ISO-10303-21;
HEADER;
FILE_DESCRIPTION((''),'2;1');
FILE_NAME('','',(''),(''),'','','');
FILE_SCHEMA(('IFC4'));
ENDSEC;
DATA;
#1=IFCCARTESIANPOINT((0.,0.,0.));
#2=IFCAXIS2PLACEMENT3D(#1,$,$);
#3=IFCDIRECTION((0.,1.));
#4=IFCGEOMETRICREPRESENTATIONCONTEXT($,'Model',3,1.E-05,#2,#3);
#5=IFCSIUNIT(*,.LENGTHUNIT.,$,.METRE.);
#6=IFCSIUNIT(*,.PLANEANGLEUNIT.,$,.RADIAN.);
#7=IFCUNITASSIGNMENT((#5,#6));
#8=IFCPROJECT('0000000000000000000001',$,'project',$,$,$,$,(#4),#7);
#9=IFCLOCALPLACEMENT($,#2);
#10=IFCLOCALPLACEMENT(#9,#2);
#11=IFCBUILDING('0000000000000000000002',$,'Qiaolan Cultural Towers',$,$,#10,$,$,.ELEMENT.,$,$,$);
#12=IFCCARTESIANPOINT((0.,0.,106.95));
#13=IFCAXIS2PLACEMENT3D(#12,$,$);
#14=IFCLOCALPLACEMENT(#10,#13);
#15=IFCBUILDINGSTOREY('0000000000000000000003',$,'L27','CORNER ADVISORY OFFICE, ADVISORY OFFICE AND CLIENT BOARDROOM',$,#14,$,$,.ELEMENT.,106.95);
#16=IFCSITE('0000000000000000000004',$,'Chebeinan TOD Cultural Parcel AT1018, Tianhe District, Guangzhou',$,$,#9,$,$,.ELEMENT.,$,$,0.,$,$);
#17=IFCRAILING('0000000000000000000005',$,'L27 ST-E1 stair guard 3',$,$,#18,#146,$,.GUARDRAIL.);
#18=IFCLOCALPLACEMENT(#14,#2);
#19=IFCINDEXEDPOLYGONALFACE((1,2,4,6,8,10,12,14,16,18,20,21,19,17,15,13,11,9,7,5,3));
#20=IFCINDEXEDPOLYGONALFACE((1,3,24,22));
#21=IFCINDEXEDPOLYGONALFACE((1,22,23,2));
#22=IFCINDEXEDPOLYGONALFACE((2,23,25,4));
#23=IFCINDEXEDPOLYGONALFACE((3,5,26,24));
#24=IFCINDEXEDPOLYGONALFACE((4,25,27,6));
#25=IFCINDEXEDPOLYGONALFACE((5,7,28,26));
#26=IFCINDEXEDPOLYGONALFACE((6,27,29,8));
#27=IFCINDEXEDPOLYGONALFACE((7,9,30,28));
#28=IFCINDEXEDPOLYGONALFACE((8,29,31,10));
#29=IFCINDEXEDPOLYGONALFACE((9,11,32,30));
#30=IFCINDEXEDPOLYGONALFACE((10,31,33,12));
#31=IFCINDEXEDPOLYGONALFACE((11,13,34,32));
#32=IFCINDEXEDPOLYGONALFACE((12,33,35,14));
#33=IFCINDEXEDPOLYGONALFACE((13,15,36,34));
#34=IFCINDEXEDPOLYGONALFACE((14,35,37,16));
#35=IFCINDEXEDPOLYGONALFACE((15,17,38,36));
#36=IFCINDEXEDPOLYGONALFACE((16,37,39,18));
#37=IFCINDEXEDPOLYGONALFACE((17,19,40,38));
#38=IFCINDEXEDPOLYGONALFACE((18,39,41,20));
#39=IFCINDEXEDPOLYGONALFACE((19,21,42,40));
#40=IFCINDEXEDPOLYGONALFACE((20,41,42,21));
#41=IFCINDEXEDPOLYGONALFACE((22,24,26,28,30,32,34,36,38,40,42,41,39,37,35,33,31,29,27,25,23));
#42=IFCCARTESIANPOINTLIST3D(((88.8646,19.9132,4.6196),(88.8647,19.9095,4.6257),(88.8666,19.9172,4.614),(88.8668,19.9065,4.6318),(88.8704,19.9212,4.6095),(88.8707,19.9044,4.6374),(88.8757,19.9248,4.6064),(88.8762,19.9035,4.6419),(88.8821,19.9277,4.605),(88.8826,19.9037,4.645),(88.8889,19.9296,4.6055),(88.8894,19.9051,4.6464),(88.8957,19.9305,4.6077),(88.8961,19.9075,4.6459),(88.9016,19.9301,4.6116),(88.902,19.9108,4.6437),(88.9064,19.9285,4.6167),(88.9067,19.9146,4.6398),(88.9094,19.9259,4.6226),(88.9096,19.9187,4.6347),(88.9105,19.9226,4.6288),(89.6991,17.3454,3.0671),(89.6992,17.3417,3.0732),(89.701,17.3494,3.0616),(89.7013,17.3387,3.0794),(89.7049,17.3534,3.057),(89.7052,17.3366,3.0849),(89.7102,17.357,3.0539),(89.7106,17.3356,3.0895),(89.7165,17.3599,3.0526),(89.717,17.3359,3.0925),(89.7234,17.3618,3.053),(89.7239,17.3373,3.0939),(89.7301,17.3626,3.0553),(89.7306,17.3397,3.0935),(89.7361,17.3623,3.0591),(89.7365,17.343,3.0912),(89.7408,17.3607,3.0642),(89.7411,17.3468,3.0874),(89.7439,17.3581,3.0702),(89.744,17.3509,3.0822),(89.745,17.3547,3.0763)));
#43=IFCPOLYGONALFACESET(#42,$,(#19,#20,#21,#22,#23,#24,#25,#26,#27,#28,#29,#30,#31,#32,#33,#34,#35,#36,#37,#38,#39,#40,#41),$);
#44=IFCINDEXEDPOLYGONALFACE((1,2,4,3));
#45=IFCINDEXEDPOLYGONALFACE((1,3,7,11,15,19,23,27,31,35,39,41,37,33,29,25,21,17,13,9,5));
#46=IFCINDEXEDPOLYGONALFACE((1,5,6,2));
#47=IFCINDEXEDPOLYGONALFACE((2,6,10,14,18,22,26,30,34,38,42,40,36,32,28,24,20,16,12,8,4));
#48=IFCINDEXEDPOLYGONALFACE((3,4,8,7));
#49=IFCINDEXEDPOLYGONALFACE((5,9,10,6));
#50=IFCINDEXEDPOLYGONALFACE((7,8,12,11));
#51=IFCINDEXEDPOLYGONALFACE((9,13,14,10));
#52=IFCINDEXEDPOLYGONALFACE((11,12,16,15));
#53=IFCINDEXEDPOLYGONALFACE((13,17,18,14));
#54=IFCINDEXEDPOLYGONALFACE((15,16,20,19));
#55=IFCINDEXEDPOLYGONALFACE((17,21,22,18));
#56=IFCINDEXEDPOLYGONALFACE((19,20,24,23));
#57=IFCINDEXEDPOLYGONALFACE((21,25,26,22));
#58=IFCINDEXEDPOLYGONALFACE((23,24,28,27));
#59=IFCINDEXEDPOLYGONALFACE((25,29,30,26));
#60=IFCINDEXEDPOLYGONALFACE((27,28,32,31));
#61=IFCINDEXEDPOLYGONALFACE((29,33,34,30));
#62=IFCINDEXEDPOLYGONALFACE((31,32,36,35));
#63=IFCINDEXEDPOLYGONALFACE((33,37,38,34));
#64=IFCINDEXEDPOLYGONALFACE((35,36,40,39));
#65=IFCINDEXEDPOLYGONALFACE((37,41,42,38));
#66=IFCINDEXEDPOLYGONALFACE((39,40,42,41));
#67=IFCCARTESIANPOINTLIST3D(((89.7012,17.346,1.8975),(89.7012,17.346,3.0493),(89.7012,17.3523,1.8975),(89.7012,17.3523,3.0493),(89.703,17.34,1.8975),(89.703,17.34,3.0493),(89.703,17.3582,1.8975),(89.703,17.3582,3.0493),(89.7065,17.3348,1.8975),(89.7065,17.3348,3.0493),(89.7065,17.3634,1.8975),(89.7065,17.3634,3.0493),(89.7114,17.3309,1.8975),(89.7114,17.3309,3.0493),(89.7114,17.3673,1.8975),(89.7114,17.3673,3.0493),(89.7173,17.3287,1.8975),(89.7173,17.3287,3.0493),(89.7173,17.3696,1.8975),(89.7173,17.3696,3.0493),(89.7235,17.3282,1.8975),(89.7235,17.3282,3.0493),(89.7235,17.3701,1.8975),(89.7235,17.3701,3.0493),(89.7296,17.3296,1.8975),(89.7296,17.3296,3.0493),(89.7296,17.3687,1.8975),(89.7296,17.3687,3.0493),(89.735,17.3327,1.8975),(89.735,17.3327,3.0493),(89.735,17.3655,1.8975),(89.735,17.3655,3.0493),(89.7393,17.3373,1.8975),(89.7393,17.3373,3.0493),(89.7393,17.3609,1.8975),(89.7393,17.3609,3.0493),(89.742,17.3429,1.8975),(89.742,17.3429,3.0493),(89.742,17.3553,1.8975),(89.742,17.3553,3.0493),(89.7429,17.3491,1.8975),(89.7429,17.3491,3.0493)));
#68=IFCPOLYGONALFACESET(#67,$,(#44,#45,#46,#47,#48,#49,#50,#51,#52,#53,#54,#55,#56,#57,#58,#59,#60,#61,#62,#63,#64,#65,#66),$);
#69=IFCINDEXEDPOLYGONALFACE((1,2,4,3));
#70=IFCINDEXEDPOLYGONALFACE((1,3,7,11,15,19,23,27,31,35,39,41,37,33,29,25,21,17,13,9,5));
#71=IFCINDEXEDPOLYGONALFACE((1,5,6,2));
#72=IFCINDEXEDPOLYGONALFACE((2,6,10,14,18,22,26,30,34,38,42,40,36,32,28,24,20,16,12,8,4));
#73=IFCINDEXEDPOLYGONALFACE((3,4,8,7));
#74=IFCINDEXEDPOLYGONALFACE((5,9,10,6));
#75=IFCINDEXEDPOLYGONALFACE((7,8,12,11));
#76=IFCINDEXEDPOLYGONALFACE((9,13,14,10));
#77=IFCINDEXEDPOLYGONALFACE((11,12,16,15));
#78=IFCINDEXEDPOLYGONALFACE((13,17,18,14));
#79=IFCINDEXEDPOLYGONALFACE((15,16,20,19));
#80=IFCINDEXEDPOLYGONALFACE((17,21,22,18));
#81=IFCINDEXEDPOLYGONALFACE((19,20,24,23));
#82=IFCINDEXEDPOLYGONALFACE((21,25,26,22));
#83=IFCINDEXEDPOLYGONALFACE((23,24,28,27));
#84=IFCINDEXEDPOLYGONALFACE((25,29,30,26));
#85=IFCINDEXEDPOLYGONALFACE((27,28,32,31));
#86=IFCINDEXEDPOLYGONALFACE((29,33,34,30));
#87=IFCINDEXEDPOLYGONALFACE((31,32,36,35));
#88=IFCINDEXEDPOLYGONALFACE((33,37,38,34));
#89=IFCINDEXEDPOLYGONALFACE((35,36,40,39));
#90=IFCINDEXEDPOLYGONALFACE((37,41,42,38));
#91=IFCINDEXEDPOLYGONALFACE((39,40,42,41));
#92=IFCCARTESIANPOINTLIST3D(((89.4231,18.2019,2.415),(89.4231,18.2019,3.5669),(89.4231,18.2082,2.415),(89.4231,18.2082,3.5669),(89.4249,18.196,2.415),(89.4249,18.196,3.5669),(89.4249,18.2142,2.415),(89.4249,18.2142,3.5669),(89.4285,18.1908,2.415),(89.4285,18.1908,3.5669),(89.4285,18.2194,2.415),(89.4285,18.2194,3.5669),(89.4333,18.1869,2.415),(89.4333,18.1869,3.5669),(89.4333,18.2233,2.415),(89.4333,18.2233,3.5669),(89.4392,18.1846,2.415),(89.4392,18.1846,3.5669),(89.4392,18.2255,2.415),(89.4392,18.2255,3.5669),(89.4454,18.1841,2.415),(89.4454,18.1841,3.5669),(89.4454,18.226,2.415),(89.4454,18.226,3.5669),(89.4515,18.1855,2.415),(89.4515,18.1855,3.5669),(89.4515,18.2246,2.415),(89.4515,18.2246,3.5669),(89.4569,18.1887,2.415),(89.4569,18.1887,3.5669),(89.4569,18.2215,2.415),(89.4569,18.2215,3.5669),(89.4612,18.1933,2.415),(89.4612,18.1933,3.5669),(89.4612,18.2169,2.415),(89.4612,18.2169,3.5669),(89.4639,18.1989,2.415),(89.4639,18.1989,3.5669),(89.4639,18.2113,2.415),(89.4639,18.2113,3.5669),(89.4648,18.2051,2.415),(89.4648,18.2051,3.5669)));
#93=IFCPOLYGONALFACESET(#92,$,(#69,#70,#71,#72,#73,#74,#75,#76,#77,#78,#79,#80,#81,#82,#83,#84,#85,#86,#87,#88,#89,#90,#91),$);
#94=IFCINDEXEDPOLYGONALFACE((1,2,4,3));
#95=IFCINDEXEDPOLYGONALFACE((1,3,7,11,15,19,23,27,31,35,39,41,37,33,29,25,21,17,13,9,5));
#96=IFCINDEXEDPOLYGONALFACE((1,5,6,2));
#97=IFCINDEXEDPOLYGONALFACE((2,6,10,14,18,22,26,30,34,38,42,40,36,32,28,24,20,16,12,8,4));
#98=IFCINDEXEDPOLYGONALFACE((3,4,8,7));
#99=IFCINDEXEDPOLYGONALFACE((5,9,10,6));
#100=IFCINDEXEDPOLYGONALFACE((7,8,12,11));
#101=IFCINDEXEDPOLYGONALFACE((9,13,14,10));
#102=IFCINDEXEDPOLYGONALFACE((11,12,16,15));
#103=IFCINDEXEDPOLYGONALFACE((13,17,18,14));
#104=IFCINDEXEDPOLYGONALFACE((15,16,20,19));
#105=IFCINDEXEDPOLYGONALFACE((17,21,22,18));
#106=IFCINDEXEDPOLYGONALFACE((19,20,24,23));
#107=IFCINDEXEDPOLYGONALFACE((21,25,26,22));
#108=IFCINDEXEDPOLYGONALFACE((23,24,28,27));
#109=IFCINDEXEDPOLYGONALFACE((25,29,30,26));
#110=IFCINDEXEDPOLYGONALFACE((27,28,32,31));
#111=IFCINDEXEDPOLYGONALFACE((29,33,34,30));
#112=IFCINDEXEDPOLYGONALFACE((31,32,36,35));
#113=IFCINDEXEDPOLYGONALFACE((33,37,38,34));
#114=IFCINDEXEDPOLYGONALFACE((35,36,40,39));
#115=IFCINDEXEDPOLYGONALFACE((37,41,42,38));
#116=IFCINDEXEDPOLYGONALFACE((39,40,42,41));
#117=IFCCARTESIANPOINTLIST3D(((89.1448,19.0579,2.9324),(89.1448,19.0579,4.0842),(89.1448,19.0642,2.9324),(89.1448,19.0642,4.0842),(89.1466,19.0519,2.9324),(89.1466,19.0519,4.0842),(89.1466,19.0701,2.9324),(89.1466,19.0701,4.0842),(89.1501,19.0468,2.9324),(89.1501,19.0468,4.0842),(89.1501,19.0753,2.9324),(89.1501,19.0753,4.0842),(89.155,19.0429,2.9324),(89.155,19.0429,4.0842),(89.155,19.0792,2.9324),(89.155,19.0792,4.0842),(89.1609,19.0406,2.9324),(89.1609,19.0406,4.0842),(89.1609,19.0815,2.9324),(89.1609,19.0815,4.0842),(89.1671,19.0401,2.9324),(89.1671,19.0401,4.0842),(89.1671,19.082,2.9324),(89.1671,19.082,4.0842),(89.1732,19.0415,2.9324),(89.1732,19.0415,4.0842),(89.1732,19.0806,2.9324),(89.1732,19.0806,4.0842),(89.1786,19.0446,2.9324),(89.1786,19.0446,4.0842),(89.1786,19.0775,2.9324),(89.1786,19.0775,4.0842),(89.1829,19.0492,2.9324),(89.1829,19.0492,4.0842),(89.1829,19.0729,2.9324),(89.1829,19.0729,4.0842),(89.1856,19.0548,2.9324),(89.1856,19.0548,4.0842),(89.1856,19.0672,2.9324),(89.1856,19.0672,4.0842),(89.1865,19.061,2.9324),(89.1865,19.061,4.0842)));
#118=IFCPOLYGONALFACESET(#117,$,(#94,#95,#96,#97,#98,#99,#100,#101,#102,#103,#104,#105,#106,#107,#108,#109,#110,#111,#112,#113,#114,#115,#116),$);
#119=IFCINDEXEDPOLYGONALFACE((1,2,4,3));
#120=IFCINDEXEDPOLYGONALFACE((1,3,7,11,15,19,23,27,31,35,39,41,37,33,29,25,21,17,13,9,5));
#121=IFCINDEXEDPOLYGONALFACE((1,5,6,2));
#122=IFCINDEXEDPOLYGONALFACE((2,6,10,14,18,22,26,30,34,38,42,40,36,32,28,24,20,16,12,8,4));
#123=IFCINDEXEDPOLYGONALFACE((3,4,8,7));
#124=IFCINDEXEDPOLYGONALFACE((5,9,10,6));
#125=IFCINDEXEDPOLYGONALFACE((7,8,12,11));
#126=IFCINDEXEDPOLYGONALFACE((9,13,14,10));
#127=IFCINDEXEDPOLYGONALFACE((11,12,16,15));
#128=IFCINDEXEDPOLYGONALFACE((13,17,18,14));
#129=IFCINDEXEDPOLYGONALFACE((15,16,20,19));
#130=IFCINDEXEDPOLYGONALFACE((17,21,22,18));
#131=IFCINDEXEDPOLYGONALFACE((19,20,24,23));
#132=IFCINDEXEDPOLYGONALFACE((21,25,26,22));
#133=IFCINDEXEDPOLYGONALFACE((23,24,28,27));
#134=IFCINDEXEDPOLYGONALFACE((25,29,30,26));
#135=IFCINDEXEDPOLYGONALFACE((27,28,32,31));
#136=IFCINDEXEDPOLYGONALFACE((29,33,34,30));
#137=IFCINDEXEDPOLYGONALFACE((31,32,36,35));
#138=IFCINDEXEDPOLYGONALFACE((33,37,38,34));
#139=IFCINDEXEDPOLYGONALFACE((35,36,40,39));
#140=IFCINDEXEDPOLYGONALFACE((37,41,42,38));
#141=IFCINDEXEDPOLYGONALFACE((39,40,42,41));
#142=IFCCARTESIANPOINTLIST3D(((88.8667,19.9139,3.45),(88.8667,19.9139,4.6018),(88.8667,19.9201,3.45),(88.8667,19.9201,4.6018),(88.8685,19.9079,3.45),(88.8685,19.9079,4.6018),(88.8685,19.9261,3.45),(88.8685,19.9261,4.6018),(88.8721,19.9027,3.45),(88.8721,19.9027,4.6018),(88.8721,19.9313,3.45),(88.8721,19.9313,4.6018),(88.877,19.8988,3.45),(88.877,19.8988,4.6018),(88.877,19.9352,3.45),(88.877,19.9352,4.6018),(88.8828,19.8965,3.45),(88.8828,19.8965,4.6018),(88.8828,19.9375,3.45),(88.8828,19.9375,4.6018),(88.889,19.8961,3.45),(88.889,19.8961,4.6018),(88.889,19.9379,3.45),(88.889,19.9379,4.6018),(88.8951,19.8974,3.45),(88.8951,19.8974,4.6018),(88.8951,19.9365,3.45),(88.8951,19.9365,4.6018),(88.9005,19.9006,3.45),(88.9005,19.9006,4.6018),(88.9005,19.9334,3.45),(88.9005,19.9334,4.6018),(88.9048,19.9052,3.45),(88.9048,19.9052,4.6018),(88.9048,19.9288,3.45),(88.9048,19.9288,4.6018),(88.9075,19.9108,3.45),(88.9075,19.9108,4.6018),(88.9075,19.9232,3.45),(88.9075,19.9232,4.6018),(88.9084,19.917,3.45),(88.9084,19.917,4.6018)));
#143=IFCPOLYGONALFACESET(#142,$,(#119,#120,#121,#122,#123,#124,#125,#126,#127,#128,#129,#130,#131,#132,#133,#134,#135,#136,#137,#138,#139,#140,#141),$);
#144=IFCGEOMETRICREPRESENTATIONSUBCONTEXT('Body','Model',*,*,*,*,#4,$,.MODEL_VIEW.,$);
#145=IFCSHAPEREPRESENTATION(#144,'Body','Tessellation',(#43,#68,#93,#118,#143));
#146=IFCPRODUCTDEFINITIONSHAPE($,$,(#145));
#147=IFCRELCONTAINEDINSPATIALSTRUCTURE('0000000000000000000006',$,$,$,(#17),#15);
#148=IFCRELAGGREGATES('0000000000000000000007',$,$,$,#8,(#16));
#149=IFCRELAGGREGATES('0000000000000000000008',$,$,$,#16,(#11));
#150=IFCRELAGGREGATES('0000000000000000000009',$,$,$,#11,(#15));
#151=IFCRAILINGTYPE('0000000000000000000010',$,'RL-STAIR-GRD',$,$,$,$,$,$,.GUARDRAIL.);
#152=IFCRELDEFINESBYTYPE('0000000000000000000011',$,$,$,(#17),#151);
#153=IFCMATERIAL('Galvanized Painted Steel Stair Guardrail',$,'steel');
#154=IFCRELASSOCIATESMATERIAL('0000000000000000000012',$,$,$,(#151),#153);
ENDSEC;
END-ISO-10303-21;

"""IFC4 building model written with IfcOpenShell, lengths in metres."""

from ifc_helpers import new_model, si_unit, direction, frame, origin, origin_2d, place, context, subcontext, project, spatial, circle, extrude, material, type_object, element, save


model = new_model("IFC4")

# Units and contexts
model_context = context("Model", 3, precision=1e-05, world=origin(), true_north=direction((0.0, 1.0)))
body_context = subcontext(model_context, "Body", "Model", "MODEL_VIEW")
ifc_project = project(units=[si_unit("LENGTHUNIT", "METRE"), si_unit("PLANEANGLEUNIT", "RADIAN")], contexts=[model_context])

# Site, building, storey
site_placement = place(None, origin())
site = spatial("IfcSite", under=ifc_project, at=site_placement, Name="Chebeinan TOD Cultural Parcel AT1018, Tianhe District, Guangzhou", CompositionType="ELEMENT", RefElevation=0.0)
building_placement = place(site_placement, origin())
building = spatial("IfcBuilding", under=site, at=building_placement, Name="Qiaolan Cultural Towers", CompositionType="ELEMENT")
storey_placement = place(building_placement, frame((0.0, 0.0, 106.95)))
storey = spatial("IfcBuildingStorey", under=building, at=storey_placement, Name="L27", Description="CORNER ADVISORY OFFICE, ADVISORY OFFICE AND CLIENT BOARDROOM", CompositionType="ELEMENT", Elevation=106.95)

# Railing
ifc_material_1 = material(Name="Galvanized Painted Steel Stair Guardrail", Category="steel")
railing_type_1 = type_object("IfcRailingType", Name="RL-STAIR-GRD", PredefinedType="GUARDRAIL", material=ifc_material_1)
railing_1_placement = place(storey_placement, frame((89.7219, 17.3491, 1.8975)))
element("IfcRailing", 1, at=railing_1_placement, inside=storey, type_object=railing_type_1, Name="L27 ST-E1 stair guard 3", PredefinedType="GUARDRAIL", context=body_context, shape_type="SweptSolid", body=[
    extrude(circle(Radius=0.0239, at=origin_2d()), frame((0.0, 0.0, 1.1758), z_axis=(-0.267926, 0.824471, 0.498461), x_axis=(-0.951043, -0.309057, 0.0)), (0.0, 0.0, 1.0), 3.1145),
    extrude(circle(Radius=0.021, at=origin_2d()), origin(), (0.0, 0.0, 1.0), 1.1519),
    extrude(circle(Radius=0.021, at=origin_2d()), frame((-0.2781, 0.856, 0.5176)), (0.0, 0.0, 1.0), 1.1519),
    extrude(circle(Radius=0.021, at=origin_2d()), frame((-0.5564, 1.7119, 1.0349)), (0.0, 0.0, 1.0), 1.1519),
    extrude(circle(Radius=0.021, at=origin_2d()), frame((-0.8345, 2.5679, 1.5525)), (0.0, 0.0, 1.0), 1.1519),
])

save(model, "model.ifc")
